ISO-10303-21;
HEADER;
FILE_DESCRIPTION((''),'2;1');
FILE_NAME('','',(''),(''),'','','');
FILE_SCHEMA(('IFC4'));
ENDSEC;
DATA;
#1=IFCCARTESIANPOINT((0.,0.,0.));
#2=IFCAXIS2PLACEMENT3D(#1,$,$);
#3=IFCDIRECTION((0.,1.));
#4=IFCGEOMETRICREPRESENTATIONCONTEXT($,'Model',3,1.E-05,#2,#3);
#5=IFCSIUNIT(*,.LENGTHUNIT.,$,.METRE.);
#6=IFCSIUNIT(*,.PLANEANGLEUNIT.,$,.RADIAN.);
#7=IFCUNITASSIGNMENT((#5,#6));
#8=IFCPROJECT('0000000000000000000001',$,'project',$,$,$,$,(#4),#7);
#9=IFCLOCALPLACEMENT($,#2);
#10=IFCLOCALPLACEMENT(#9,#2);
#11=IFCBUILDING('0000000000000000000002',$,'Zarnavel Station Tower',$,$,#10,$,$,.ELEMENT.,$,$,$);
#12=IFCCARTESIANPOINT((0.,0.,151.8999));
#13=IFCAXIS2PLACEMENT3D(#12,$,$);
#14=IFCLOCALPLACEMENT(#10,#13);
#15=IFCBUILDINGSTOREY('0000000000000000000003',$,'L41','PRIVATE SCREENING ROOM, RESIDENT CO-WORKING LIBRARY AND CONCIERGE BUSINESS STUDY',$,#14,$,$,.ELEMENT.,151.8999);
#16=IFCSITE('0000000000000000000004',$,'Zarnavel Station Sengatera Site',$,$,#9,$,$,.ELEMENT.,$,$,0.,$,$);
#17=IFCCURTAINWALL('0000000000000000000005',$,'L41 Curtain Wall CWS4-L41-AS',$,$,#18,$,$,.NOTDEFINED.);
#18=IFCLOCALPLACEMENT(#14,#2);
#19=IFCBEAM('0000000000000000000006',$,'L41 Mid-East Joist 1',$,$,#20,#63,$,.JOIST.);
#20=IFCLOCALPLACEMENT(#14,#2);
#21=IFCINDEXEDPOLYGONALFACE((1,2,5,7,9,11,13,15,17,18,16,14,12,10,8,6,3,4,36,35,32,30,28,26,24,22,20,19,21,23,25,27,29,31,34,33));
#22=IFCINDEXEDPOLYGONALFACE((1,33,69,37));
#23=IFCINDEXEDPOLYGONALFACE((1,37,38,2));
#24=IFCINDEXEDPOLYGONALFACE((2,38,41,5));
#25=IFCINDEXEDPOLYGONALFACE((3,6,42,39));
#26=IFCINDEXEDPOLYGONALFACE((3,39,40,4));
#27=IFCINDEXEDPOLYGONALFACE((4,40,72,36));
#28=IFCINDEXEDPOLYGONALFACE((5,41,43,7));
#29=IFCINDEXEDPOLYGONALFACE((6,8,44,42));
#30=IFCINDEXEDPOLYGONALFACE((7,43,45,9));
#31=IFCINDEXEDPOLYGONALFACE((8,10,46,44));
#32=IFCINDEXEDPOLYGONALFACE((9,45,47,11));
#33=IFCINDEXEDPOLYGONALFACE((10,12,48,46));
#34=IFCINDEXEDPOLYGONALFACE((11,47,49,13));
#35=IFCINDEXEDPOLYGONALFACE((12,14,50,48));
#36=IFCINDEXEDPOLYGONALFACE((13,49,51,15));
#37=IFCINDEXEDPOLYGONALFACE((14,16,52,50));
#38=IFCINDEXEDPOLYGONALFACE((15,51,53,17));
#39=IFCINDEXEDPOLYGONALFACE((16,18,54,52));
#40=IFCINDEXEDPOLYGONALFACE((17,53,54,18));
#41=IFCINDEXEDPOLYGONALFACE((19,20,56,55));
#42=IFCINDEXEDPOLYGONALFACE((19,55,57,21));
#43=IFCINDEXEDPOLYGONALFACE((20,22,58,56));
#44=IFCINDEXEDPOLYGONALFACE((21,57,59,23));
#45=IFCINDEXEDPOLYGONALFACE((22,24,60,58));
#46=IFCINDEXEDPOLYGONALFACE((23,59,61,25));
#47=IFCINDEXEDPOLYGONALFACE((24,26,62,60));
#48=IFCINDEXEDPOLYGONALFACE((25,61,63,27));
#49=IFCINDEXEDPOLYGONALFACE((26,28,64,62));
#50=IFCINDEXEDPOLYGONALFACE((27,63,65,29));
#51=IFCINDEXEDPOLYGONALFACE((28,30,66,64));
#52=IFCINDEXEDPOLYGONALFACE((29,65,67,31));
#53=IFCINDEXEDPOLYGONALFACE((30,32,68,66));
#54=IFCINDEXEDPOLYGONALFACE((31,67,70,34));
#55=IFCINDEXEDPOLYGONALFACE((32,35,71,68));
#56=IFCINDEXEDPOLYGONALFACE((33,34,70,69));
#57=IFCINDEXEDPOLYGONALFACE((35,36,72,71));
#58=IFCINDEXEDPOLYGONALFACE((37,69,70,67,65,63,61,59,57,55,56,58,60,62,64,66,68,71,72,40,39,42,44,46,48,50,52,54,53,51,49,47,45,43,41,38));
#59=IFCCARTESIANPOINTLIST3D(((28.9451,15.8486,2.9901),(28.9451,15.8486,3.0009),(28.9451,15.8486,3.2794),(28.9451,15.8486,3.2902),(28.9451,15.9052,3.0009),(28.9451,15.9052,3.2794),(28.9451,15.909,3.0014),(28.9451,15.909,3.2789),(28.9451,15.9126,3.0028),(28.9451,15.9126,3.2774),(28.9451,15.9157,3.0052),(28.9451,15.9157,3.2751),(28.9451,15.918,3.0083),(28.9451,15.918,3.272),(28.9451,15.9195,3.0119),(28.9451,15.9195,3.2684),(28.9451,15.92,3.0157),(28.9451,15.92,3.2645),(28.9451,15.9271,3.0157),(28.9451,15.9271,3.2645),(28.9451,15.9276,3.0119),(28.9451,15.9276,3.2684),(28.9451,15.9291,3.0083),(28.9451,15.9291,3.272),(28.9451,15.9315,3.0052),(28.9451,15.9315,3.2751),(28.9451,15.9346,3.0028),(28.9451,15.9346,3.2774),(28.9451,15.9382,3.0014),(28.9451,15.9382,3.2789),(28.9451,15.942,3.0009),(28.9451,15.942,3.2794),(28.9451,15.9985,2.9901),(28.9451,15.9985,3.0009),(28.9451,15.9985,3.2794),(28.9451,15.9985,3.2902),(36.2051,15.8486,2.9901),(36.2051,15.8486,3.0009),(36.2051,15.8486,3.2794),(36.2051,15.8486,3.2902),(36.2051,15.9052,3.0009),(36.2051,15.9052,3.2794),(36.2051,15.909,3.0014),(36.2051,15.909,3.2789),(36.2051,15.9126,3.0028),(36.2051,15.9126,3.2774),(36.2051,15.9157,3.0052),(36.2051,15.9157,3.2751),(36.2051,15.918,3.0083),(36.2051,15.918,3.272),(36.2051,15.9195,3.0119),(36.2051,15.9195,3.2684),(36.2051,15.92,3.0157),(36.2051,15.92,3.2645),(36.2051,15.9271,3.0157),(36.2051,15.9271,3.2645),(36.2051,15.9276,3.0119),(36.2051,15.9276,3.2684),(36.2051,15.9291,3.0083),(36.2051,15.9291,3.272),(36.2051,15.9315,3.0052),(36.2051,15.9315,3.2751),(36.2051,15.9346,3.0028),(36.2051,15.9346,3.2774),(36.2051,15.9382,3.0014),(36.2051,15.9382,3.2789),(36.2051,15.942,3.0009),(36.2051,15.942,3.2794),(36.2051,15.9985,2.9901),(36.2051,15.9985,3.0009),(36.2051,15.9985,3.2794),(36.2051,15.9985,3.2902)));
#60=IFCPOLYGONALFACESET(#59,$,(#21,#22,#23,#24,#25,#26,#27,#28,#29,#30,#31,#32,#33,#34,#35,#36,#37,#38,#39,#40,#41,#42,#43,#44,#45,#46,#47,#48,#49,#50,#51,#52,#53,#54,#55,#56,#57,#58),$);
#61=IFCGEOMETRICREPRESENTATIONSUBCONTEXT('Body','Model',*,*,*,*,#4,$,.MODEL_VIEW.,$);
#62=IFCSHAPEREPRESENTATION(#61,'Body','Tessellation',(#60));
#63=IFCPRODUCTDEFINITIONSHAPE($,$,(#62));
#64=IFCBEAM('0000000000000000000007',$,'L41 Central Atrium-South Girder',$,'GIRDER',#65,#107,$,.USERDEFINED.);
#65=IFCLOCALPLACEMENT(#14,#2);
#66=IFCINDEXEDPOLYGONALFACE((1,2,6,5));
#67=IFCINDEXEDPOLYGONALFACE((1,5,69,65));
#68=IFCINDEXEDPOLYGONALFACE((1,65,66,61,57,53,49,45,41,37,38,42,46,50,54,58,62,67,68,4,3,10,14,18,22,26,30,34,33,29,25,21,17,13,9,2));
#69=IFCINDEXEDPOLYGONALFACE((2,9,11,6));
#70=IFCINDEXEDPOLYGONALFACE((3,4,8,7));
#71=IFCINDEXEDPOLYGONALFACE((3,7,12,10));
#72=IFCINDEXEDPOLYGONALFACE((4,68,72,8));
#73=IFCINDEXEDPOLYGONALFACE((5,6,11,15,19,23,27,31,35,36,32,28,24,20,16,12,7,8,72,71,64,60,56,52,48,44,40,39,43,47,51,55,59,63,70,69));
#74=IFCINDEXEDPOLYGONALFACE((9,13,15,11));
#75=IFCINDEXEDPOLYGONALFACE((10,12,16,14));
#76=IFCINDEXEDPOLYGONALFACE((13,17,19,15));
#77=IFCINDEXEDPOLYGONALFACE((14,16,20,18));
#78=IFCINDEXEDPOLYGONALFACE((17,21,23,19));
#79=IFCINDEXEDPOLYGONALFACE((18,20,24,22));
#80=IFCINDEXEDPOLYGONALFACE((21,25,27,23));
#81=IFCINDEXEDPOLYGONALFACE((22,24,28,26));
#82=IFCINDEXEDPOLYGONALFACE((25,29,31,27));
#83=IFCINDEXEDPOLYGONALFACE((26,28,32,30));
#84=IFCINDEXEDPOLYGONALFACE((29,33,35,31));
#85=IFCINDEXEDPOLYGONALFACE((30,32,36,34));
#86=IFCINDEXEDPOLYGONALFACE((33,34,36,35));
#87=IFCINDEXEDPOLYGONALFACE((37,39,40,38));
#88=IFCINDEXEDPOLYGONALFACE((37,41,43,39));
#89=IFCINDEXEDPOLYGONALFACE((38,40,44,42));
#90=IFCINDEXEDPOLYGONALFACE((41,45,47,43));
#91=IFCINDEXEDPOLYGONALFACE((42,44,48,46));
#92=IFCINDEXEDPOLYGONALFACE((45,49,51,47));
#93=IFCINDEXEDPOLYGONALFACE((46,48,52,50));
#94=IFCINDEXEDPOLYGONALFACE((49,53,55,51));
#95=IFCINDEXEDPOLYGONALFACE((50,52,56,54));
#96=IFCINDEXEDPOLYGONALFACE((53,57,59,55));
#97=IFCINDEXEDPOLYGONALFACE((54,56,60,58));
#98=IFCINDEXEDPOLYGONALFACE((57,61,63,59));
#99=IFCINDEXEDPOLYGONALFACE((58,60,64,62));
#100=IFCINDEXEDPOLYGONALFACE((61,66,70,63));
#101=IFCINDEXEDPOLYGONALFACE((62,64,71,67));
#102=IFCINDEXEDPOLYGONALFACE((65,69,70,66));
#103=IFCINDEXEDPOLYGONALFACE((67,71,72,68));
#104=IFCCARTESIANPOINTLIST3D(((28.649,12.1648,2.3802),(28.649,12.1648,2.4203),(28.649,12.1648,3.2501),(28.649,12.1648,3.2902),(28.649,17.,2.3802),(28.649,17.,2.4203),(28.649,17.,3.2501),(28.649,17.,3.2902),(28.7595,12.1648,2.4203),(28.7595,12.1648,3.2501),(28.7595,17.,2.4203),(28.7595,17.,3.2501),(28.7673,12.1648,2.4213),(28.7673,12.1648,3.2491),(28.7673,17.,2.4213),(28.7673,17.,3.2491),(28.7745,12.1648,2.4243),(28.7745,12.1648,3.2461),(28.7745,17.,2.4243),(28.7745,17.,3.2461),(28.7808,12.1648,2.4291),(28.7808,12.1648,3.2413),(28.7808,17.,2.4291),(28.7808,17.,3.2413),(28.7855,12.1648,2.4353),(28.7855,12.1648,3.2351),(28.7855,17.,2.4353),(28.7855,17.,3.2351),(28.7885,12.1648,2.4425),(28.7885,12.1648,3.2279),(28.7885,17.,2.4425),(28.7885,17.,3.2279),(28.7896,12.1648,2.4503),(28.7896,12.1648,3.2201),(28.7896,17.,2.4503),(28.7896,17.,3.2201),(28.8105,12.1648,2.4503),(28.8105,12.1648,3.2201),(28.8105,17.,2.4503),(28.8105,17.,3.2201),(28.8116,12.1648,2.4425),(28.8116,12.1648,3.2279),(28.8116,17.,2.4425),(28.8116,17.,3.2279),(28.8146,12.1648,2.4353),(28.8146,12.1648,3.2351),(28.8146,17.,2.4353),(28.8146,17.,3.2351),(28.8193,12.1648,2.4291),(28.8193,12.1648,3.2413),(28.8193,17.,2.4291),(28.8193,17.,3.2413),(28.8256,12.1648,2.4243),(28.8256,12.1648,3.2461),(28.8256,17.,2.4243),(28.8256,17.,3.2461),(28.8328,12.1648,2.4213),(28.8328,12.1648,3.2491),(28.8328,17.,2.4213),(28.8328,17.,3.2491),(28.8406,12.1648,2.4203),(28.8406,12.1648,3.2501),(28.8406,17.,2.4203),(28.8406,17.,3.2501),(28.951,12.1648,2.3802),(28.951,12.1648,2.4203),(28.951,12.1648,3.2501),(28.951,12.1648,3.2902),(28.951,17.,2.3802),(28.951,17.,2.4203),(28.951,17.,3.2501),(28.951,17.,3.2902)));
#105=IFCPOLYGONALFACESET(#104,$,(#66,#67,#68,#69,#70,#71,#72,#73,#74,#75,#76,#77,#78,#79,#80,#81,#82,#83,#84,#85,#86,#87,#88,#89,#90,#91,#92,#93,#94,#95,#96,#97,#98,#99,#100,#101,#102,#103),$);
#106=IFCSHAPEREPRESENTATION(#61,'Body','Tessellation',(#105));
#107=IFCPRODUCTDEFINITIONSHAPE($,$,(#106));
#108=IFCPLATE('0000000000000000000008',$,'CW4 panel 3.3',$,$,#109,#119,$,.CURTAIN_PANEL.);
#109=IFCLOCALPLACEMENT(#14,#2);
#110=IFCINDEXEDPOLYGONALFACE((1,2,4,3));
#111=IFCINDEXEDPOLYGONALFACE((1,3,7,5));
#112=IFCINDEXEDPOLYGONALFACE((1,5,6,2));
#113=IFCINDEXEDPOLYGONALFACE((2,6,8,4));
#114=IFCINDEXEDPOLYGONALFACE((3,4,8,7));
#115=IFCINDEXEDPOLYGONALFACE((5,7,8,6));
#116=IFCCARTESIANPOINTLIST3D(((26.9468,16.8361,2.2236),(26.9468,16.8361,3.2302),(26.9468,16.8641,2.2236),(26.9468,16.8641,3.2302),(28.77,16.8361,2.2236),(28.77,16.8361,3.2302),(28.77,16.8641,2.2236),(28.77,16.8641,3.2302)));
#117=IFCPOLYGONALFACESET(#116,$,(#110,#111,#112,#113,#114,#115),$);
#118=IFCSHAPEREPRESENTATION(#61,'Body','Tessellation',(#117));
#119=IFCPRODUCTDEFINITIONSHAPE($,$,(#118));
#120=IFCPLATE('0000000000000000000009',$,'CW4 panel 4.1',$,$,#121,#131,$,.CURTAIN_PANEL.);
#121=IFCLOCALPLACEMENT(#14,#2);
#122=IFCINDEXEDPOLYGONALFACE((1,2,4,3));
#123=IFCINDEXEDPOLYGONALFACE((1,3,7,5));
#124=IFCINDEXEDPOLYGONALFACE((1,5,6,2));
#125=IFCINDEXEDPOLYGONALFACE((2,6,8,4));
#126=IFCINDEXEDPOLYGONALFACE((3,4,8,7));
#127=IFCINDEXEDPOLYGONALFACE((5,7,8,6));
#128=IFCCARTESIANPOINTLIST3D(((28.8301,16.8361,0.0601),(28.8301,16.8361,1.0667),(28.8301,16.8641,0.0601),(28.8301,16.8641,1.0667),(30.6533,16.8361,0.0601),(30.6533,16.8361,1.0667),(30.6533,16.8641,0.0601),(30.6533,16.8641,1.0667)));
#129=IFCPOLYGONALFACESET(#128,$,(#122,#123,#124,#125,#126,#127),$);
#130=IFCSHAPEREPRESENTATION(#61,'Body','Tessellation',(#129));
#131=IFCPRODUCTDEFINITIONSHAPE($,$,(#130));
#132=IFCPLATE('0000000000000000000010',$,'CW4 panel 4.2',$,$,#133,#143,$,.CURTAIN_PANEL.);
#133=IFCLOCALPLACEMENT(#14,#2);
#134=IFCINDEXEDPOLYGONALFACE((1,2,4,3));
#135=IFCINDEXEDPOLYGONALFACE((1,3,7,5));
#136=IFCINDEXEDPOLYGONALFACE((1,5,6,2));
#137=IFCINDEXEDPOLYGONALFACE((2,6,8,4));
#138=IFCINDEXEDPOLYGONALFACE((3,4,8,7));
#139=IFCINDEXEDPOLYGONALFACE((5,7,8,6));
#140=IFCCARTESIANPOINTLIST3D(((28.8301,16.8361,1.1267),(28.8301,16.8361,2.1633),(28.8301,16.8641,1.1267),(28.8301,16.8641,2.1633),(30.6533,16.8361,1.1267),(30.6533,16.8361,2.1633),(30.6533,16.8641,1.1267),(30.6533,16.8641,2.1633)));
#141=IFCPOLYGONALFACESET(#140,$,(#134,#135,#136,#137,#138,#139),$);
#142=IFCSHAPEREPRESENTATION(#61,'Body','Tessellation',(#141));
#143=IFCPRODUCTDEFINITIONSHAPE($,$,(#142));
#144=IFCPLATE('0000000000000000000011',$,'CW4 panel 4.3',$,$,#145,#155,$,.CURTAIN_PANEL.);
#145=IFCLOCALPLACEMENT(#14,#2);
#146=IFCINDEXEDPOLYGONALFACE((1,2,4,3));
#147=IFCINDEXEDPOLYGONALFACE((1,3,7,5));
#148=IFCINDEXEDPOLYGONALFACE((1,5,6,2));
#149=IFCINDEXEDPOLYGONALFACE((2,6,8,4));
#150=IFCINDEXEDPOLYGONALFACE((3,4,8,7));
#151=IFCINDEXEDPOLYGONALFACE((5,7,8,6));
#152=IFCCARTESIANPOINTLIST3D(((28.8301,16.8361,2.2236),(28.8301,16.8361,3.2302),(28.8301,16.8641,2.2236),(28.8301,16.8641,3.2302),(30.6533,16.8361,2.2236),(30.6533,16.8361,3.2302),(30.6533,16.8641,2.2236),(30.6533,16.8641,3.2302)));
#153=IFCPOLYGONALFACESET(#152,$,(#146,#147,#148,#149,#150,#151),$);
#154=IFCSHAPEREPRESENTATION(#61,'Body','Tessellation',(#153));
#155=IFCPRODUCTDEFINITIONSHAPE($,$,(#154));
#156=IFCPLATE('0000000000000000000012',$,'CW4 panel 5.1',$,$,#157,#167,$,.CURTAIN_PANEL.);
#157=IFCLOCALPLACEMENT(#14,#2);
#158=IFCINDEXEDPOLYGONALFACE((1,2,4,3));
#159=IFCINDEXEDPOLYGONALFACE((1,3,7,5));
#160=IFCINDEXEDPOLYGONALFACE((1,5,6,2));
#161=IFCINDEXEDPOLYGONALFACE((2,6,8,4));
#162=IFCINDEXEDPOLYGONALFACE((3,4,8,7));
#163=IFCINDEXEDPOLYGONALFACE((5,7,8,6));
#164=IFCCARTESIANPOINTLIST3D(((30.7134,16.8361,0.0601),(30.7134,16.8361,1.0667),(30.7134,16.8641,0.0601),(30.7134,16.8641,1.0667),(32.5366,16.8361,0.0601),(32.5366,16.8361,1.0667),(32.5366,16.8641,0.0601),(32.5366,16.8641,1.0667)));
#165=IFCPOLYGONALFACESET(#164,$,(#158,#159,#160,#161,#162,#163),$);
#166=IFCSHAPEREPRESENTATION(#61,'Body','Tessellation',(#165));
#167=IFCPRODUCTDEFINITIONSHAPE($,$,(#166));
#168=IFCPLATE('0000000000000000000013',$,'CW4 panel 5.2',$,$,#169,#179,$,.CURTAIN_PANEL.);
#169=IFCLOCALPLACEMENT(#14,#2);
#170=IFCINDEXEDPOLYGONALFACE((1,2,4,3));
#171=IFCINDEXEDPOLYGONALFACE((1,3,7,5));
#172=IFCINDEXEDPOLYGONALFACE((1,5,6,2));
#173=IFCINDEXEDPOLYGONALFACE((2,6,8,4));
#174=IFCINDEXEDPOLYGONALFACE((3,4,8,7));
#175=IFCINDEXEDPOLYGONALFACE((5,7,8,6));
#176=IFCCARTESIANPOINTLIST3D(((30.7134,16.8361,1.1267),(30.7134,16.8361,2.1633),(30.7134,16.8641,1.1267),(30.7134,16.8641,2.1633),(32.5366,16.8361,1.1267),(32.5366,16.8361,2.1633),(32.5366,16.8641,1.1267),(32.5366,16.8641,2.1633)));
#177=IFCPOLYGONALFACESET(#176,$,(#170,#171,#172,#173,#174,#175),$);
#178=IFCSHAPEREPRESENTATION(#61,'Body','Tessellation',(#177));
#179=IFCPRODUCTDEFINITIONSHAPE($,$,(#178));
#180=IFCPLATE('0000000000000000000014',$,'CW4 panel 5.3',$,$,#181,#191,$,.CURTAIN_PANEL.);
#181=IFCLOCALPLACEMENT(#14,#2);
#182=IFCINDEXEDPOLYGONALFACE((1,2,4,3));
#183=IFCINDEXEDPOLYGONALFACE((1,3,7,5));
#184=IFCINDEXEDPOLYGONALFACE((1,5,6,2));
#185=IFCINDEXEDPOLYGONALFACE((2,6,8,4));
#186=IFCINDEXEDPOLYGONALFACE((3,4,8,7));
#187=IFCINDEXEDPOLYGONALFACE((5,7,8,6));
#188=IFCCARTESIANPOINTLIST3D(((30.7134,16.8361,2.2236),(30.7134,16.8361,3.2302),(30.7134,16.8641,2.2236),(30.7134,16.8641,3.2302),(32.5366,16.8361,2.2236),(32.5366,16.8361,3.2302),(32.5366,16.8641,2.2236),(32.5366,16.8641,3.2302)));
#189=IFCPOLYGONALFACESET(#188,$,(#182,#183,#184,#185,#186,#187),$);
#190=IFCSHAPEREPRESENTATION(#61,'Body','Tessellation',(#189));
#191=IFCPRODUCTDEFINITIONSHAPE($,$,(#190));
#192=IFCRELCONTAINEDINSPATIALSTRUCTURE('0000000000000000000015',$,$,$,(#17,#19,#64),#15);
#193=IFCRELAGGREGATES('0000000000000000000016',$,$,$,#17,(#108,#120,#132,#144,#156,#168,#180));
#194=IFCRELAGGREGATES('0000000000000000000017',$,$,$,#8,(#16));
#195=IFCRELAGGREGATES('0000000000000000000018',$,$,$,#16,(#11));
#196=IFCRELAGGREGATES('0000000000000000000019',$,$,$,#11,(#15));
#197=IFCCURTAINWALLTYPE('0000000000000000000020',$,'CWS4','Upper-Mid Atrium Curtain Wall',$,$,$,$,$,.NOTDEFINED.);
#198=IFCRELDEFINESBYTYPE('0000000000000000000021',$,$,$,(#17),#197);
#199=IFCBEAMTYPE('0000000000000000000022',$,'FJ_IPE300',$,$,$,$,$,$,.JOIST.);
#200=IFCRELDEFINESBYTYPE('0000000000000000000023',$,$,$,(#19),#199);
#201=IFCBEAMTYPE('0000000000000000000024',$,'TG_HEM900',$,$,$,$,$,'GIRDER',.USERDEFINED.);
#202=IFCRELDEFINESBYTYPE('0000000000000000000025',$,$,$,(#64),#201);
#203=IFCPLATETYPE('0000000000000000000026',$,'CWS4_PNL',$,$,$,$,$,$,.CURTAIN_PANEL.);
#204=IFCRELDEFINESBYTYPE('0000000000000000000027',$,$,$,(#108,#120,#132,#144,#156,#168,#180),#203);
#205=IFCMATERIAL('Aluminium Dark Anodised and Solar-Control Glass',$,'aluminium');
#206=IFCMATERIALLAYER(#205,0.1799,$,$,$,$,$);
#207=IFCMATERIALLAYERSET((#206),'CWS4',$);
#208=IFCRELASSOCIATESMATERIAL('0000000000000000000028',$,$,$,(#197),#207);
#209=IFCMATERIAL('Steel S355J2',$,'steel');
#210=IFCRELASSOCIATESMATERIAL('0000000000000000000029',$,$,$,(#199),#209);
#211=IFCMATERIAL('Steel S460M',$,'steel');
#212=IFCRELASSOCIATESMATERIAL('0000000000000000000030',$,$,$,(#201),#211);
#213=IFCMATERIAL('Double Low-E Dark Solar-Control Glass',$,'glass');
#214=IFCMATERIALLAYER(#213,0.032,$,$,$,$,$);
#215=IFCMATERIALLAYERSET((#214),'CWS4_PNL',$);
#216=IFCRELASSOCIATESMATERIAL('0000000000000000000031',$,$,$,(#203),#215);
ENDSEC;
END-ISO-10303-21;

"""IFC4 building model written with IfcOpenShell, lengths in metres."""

from ifc_helpers import new_model, si_unit, direction, frame, origin, origin_2d, place, context, subcontext, project, spatial, rectangle, i_section, extrude, material, layer, layer_set, material_profile, profile_set, type_object, element, aggregate, save


model = new_model("IFC4")

# Units and contexts
model_context = context("Model", 3, precision=1e-05, world=origin(), true_north=direction((0.0, 1.0)))
body_context = subcontext(model_context, "Body", "Model", "MODEL_VIEW")
ifc_project = project(units=[si_unit("LENGTHUNIT", "METRE"), si_unit("PLANEANGLEUNIT", "RADIAN")], contexts=[model_context])

# Site, building, storey
site_placement = place(None, origin())
site = spatial("IfcSite", under=ifc_project, at=site_placement, Name="Zarnavel Station Sengatera Site", CompositionType="ELEMENT", RefElevation=0.0)
building_placement = place(site_placement, origin())
building = spatial("IfcBuilding", under=site, at=building_placement, Name="Zarnavel Station Tower", CompositionType="ELEMENT")
storey_placement = place(building_placement, frame((0.0, 0.0, 151.8999)))
storey = spatial("IfcBuildingStorey", under=building, at=storey_placement, Name="L41", Description="PRIVATE SCREENING ROOM, RESIDENT CO-WORKING LIBRARY AND CONCIERGE BUSINESS STUDY", CompositionType="ELEMENT", Elevation=151.8999)

# Curtain wall
ifc_material_1 = material(Name="Aluminium Dark Anodised and Solar-Control Glass", Category="aluminium")
ifc_layer_1 = layer(ifc_material_1, 0.1799)
ifc_layer_set_1 = layer_set([ifc_layer_1], Name="CWS4")
curtain_wall_type = type_object("IfcCurtainWallType", Name="CWS4", Description="Upper-Mid Atrium Curtain Wall", PredefinedType="NOTDEFINED", material=ifc_layer_set_1)
curtain_wall_placement = place(storey_placement, origin())
curtain_wall = element("IfcCurtainWall", 1, at=curtain_wall_placement, inside=storey, type_object=curtain_wall_type, Name="L41 Curtain Wall CWS4-L41-AS", PredefinedType="NOTDEFINED")

# Beams
ifc_material_2 = material(Name="Steel S355J2", Category="steel")
ifc_material_profile_1 = material_profile(ifc_material_2, i_section(OverallWidth=0.1499, OverallDepth=0.3, WebThickness=0.0071, FlangeThickness=0.0107, FilletRadius=0.0149, at=origin_2d()), Name="IPE300")
ifc_profile_set_1 = profile_set([ifc_material_profile_1], Name="Steel S355J2")
beam_type_1 = type_object("IfcBeamType", Name="FJ_IPE300", PredefinedType="JOIST", material=ifc_profile_set_1)
beam_1_placement = place(storey_placement, frame((28.9451, 15.9236, 3.1401), z_axis=(1.0, 0.0, 0.0), x_axis=(0.0, 1.0, 0.0)))
element("IfcBeam", 2, at=beam_1_placement, inside=storey, type_object=beam_type_1, Name="L41 Mid-East Joist 1", PredefinedType="JOIST", context=body_context, shape_type="SweptSolid", body=[
    extrude(i_section(OverallWidth=0.1499, OverallDepth=0.3, WebThickness=0.0071, FlangeThickness=0.0107, FilletRadius=0.0149, at=origin_2d()), origin(), (0.0, 0.0, 1.0), 7.26),
])
ifc_material_3 = material(Name="Steel S460M", Category="steel")
ifc_material_profile_2 = material_profile(ifc_material_3, i_section(OverallWidth=0.302, OverallDepth=0.9099, WebThickness=0.021, FlangeThickness=0.04, FilletRadius=0.03, at=origin_2d()), Name="HEM900")
ifc_profile_set_2 = profile_set([ifc_material_profile_2], Name="Steel S460M")
beam_type_2 = type_object("IfcBeamType", Name="TG_HEM900", ElementType="GIRDER", PredefinedType="USERDEFINED", material=ifc_profile_set_2)
beam_2_placement = place(storey_placement, frame((28.8, 12.1648, 2.8352), z_axis=(0.0, 1.0, 0.0), x_axis=(-1.0, 0.0, 0.0)))
element("IfcBeam", 3, at=beam_2_placement, inside=storey, type_object=beam_type_2, Name="L41 Central Atrium-South Girder", ObjectType="GIRDER", PredefinedType="USERDEFINED", context=body_context, shape_type="SweptSolid", body=[
    extrude(i_section(OverallWidth=0.302, OverallDepth=0.9099, WebThickness=0.021, FlangeThickness=0.04, FilletRadius=0.03, at=origin_2d()), origin(), (0.0, 0.0, 1.0), 4.8352),
])

# Plates
ifc_material_4 = material(Name="Double Low-E Dark Solar-Control Glass", Category="glass")
ifc_layer_2 = layer(ifc_material_4, 0.032)
ifc_layer_set_2 = layer_set([ifc_layer_2], Name="CWS4_PNL")
plate_type = type_object("IfcPlateType", Name="CWS4_PNL", PredefinedType="CURTAIN_PANEL", material=ifc_layer_set_2)
plate_1_placement = place(storey_placement, frame((27.8584, 16.8501, 2.2236), z_axis=(0.0, 0.0, 1.0), x_axis=(1.0, 0.0, 0.0)))
plate_1 = element("IfcPlate", 4, at=plate_1_placement, type_object=plate_type, Name="CW4 panel 3.3", PredefinedType="CURTAIN_PANEL", context=body_context, shape_type="SweptSolid", body=[
    extrude(rectangle(XDim=1.8232, YDim=0.0281, at=origin_2d()), origin(), (0.0, 0.0, 1.0), 1.0066),
])
plate_2_placement = place(storey_placement, frame((29.7417, 16.8501, 0.0601), z_axis=(0.0, 0.0, 1.0), x_axis=(1.0, 0.0, 0.0)))
plate_2 = element("IfcPlate", 5, at=plate_2_placement, type_object=plate_type, Name="CW4 panel 4.1", PredefinedType="CURTAIN_PANEL", context=body_context, shape_type="SweptSolid", body=[
    extrude(rectangle(XDim=1.8232, YDim=0.0281, at=origin_2d()), origin(), (0.0, 0.0, 1.0), 1.0066),
])
plate_3_placement = place(storey_placement, frame((29.7417, 16.8501, 1.1267), z_axis=(0.0, 0.0, 1.0), x_axis=(1.0, 0.0, 0.0)))
plate_3 = element("IfcPlate", 6, at=plate_3_placement, type_object=plate_type, Name="CW4 panel 4.2", PredefinedType="CURTAIN_PANEL", context=body_context, shape_type="SweptSolid", body=[
    extrude(rectangle(XDim=1.8232, YDim=0.0281, at=origin_2d()), origin(), (0.0, 0.0, 1.0), 1.0366),
])
plate_4_placement = place(storey_placement, frame((29.7417, 16.8501, 2.2236), z_axis=(0.0, 0.0, 1.0), x_axis=(1.0, 0.0, 0.0)))
plate_4 = element("IfcPlate", 7, at=plate_4_placement, type_object=plate_type, Name="CW4 panel 4.3", PredefinedType="CURTAIN_PANEL", context=body_context, shape_type="SweptSolid", body=[
    extrude(rectangle(XDim=1.8232, YDim=0.0281, at=origin_2d()), origin(), (0.0, 0.0, 1.0), 1.0066),
])
plate_5_placement = place(storey_placement, frame((31.625, 16.8501, 0.0601), z_axis=(0.0, 0.0, 1.0), x_axis=(1.0, 0.0, 0.0)))
plate_5 = element("IfcPlate", 8, at=plate_5_placement, type_object=plate_type, Name="CW4 panel 5.1", PredefinedType="CURTAIN_PANEL", context=body_context, shape_type="SweptSolid", body=[
    extrude(rectangle(XDim=1.8232, YDim=0.0281, at=origin_2d()), origin(), (0.0, 0.0, 1.0), 1.0066),
])
plate_6_placement = place(storey_placement, frame((31.625, 16.8501, 1.1267), z_axis=(0.0, 0.0, 1.0), x_axis=(1.0, 0.0, 0.0)))
plate_6 = element("IfcPlate", 9, at=plate_6_placement, type_object=plate_type, Name="CW4 panel 5.2", PredefinedType="CURTAIN_PANEL", context=body_context, shape_type="SweptSolid", body=[
    extrude(rectangle(XDim=1.8232, YDim=0.0281, at=origin_2d()), origin(), (0.0, 0.0, 1.0), 1.0366),
])
plate_7_placement = place(storey_placement, frame((31.625, 16.8501, 2.2236), z_axis=(0.0, 0.0, 1.0), x_axis=(1.0, 0.0, 0.0)))
plate_7 = element("IfcPlate", 10, at=plate_7_placement, type_object=plate_type, Name="CW4 panel 5.3", PredefinedType="CURTAIN_PANEL", context=body_context, shape_type="SweptSolid", body=[
    extrude(rectangle(XDim=1.8232, YDim=0.0281, at=origin_2d()), origin(), (0.0, 0.0, 1.0), 1.0066),
])
aggregate(curtain_wall, [plate_1, plate_2, plate_3, plate_4, plate_5, plate_6, plate_7])

save(model, "model.ifc")
